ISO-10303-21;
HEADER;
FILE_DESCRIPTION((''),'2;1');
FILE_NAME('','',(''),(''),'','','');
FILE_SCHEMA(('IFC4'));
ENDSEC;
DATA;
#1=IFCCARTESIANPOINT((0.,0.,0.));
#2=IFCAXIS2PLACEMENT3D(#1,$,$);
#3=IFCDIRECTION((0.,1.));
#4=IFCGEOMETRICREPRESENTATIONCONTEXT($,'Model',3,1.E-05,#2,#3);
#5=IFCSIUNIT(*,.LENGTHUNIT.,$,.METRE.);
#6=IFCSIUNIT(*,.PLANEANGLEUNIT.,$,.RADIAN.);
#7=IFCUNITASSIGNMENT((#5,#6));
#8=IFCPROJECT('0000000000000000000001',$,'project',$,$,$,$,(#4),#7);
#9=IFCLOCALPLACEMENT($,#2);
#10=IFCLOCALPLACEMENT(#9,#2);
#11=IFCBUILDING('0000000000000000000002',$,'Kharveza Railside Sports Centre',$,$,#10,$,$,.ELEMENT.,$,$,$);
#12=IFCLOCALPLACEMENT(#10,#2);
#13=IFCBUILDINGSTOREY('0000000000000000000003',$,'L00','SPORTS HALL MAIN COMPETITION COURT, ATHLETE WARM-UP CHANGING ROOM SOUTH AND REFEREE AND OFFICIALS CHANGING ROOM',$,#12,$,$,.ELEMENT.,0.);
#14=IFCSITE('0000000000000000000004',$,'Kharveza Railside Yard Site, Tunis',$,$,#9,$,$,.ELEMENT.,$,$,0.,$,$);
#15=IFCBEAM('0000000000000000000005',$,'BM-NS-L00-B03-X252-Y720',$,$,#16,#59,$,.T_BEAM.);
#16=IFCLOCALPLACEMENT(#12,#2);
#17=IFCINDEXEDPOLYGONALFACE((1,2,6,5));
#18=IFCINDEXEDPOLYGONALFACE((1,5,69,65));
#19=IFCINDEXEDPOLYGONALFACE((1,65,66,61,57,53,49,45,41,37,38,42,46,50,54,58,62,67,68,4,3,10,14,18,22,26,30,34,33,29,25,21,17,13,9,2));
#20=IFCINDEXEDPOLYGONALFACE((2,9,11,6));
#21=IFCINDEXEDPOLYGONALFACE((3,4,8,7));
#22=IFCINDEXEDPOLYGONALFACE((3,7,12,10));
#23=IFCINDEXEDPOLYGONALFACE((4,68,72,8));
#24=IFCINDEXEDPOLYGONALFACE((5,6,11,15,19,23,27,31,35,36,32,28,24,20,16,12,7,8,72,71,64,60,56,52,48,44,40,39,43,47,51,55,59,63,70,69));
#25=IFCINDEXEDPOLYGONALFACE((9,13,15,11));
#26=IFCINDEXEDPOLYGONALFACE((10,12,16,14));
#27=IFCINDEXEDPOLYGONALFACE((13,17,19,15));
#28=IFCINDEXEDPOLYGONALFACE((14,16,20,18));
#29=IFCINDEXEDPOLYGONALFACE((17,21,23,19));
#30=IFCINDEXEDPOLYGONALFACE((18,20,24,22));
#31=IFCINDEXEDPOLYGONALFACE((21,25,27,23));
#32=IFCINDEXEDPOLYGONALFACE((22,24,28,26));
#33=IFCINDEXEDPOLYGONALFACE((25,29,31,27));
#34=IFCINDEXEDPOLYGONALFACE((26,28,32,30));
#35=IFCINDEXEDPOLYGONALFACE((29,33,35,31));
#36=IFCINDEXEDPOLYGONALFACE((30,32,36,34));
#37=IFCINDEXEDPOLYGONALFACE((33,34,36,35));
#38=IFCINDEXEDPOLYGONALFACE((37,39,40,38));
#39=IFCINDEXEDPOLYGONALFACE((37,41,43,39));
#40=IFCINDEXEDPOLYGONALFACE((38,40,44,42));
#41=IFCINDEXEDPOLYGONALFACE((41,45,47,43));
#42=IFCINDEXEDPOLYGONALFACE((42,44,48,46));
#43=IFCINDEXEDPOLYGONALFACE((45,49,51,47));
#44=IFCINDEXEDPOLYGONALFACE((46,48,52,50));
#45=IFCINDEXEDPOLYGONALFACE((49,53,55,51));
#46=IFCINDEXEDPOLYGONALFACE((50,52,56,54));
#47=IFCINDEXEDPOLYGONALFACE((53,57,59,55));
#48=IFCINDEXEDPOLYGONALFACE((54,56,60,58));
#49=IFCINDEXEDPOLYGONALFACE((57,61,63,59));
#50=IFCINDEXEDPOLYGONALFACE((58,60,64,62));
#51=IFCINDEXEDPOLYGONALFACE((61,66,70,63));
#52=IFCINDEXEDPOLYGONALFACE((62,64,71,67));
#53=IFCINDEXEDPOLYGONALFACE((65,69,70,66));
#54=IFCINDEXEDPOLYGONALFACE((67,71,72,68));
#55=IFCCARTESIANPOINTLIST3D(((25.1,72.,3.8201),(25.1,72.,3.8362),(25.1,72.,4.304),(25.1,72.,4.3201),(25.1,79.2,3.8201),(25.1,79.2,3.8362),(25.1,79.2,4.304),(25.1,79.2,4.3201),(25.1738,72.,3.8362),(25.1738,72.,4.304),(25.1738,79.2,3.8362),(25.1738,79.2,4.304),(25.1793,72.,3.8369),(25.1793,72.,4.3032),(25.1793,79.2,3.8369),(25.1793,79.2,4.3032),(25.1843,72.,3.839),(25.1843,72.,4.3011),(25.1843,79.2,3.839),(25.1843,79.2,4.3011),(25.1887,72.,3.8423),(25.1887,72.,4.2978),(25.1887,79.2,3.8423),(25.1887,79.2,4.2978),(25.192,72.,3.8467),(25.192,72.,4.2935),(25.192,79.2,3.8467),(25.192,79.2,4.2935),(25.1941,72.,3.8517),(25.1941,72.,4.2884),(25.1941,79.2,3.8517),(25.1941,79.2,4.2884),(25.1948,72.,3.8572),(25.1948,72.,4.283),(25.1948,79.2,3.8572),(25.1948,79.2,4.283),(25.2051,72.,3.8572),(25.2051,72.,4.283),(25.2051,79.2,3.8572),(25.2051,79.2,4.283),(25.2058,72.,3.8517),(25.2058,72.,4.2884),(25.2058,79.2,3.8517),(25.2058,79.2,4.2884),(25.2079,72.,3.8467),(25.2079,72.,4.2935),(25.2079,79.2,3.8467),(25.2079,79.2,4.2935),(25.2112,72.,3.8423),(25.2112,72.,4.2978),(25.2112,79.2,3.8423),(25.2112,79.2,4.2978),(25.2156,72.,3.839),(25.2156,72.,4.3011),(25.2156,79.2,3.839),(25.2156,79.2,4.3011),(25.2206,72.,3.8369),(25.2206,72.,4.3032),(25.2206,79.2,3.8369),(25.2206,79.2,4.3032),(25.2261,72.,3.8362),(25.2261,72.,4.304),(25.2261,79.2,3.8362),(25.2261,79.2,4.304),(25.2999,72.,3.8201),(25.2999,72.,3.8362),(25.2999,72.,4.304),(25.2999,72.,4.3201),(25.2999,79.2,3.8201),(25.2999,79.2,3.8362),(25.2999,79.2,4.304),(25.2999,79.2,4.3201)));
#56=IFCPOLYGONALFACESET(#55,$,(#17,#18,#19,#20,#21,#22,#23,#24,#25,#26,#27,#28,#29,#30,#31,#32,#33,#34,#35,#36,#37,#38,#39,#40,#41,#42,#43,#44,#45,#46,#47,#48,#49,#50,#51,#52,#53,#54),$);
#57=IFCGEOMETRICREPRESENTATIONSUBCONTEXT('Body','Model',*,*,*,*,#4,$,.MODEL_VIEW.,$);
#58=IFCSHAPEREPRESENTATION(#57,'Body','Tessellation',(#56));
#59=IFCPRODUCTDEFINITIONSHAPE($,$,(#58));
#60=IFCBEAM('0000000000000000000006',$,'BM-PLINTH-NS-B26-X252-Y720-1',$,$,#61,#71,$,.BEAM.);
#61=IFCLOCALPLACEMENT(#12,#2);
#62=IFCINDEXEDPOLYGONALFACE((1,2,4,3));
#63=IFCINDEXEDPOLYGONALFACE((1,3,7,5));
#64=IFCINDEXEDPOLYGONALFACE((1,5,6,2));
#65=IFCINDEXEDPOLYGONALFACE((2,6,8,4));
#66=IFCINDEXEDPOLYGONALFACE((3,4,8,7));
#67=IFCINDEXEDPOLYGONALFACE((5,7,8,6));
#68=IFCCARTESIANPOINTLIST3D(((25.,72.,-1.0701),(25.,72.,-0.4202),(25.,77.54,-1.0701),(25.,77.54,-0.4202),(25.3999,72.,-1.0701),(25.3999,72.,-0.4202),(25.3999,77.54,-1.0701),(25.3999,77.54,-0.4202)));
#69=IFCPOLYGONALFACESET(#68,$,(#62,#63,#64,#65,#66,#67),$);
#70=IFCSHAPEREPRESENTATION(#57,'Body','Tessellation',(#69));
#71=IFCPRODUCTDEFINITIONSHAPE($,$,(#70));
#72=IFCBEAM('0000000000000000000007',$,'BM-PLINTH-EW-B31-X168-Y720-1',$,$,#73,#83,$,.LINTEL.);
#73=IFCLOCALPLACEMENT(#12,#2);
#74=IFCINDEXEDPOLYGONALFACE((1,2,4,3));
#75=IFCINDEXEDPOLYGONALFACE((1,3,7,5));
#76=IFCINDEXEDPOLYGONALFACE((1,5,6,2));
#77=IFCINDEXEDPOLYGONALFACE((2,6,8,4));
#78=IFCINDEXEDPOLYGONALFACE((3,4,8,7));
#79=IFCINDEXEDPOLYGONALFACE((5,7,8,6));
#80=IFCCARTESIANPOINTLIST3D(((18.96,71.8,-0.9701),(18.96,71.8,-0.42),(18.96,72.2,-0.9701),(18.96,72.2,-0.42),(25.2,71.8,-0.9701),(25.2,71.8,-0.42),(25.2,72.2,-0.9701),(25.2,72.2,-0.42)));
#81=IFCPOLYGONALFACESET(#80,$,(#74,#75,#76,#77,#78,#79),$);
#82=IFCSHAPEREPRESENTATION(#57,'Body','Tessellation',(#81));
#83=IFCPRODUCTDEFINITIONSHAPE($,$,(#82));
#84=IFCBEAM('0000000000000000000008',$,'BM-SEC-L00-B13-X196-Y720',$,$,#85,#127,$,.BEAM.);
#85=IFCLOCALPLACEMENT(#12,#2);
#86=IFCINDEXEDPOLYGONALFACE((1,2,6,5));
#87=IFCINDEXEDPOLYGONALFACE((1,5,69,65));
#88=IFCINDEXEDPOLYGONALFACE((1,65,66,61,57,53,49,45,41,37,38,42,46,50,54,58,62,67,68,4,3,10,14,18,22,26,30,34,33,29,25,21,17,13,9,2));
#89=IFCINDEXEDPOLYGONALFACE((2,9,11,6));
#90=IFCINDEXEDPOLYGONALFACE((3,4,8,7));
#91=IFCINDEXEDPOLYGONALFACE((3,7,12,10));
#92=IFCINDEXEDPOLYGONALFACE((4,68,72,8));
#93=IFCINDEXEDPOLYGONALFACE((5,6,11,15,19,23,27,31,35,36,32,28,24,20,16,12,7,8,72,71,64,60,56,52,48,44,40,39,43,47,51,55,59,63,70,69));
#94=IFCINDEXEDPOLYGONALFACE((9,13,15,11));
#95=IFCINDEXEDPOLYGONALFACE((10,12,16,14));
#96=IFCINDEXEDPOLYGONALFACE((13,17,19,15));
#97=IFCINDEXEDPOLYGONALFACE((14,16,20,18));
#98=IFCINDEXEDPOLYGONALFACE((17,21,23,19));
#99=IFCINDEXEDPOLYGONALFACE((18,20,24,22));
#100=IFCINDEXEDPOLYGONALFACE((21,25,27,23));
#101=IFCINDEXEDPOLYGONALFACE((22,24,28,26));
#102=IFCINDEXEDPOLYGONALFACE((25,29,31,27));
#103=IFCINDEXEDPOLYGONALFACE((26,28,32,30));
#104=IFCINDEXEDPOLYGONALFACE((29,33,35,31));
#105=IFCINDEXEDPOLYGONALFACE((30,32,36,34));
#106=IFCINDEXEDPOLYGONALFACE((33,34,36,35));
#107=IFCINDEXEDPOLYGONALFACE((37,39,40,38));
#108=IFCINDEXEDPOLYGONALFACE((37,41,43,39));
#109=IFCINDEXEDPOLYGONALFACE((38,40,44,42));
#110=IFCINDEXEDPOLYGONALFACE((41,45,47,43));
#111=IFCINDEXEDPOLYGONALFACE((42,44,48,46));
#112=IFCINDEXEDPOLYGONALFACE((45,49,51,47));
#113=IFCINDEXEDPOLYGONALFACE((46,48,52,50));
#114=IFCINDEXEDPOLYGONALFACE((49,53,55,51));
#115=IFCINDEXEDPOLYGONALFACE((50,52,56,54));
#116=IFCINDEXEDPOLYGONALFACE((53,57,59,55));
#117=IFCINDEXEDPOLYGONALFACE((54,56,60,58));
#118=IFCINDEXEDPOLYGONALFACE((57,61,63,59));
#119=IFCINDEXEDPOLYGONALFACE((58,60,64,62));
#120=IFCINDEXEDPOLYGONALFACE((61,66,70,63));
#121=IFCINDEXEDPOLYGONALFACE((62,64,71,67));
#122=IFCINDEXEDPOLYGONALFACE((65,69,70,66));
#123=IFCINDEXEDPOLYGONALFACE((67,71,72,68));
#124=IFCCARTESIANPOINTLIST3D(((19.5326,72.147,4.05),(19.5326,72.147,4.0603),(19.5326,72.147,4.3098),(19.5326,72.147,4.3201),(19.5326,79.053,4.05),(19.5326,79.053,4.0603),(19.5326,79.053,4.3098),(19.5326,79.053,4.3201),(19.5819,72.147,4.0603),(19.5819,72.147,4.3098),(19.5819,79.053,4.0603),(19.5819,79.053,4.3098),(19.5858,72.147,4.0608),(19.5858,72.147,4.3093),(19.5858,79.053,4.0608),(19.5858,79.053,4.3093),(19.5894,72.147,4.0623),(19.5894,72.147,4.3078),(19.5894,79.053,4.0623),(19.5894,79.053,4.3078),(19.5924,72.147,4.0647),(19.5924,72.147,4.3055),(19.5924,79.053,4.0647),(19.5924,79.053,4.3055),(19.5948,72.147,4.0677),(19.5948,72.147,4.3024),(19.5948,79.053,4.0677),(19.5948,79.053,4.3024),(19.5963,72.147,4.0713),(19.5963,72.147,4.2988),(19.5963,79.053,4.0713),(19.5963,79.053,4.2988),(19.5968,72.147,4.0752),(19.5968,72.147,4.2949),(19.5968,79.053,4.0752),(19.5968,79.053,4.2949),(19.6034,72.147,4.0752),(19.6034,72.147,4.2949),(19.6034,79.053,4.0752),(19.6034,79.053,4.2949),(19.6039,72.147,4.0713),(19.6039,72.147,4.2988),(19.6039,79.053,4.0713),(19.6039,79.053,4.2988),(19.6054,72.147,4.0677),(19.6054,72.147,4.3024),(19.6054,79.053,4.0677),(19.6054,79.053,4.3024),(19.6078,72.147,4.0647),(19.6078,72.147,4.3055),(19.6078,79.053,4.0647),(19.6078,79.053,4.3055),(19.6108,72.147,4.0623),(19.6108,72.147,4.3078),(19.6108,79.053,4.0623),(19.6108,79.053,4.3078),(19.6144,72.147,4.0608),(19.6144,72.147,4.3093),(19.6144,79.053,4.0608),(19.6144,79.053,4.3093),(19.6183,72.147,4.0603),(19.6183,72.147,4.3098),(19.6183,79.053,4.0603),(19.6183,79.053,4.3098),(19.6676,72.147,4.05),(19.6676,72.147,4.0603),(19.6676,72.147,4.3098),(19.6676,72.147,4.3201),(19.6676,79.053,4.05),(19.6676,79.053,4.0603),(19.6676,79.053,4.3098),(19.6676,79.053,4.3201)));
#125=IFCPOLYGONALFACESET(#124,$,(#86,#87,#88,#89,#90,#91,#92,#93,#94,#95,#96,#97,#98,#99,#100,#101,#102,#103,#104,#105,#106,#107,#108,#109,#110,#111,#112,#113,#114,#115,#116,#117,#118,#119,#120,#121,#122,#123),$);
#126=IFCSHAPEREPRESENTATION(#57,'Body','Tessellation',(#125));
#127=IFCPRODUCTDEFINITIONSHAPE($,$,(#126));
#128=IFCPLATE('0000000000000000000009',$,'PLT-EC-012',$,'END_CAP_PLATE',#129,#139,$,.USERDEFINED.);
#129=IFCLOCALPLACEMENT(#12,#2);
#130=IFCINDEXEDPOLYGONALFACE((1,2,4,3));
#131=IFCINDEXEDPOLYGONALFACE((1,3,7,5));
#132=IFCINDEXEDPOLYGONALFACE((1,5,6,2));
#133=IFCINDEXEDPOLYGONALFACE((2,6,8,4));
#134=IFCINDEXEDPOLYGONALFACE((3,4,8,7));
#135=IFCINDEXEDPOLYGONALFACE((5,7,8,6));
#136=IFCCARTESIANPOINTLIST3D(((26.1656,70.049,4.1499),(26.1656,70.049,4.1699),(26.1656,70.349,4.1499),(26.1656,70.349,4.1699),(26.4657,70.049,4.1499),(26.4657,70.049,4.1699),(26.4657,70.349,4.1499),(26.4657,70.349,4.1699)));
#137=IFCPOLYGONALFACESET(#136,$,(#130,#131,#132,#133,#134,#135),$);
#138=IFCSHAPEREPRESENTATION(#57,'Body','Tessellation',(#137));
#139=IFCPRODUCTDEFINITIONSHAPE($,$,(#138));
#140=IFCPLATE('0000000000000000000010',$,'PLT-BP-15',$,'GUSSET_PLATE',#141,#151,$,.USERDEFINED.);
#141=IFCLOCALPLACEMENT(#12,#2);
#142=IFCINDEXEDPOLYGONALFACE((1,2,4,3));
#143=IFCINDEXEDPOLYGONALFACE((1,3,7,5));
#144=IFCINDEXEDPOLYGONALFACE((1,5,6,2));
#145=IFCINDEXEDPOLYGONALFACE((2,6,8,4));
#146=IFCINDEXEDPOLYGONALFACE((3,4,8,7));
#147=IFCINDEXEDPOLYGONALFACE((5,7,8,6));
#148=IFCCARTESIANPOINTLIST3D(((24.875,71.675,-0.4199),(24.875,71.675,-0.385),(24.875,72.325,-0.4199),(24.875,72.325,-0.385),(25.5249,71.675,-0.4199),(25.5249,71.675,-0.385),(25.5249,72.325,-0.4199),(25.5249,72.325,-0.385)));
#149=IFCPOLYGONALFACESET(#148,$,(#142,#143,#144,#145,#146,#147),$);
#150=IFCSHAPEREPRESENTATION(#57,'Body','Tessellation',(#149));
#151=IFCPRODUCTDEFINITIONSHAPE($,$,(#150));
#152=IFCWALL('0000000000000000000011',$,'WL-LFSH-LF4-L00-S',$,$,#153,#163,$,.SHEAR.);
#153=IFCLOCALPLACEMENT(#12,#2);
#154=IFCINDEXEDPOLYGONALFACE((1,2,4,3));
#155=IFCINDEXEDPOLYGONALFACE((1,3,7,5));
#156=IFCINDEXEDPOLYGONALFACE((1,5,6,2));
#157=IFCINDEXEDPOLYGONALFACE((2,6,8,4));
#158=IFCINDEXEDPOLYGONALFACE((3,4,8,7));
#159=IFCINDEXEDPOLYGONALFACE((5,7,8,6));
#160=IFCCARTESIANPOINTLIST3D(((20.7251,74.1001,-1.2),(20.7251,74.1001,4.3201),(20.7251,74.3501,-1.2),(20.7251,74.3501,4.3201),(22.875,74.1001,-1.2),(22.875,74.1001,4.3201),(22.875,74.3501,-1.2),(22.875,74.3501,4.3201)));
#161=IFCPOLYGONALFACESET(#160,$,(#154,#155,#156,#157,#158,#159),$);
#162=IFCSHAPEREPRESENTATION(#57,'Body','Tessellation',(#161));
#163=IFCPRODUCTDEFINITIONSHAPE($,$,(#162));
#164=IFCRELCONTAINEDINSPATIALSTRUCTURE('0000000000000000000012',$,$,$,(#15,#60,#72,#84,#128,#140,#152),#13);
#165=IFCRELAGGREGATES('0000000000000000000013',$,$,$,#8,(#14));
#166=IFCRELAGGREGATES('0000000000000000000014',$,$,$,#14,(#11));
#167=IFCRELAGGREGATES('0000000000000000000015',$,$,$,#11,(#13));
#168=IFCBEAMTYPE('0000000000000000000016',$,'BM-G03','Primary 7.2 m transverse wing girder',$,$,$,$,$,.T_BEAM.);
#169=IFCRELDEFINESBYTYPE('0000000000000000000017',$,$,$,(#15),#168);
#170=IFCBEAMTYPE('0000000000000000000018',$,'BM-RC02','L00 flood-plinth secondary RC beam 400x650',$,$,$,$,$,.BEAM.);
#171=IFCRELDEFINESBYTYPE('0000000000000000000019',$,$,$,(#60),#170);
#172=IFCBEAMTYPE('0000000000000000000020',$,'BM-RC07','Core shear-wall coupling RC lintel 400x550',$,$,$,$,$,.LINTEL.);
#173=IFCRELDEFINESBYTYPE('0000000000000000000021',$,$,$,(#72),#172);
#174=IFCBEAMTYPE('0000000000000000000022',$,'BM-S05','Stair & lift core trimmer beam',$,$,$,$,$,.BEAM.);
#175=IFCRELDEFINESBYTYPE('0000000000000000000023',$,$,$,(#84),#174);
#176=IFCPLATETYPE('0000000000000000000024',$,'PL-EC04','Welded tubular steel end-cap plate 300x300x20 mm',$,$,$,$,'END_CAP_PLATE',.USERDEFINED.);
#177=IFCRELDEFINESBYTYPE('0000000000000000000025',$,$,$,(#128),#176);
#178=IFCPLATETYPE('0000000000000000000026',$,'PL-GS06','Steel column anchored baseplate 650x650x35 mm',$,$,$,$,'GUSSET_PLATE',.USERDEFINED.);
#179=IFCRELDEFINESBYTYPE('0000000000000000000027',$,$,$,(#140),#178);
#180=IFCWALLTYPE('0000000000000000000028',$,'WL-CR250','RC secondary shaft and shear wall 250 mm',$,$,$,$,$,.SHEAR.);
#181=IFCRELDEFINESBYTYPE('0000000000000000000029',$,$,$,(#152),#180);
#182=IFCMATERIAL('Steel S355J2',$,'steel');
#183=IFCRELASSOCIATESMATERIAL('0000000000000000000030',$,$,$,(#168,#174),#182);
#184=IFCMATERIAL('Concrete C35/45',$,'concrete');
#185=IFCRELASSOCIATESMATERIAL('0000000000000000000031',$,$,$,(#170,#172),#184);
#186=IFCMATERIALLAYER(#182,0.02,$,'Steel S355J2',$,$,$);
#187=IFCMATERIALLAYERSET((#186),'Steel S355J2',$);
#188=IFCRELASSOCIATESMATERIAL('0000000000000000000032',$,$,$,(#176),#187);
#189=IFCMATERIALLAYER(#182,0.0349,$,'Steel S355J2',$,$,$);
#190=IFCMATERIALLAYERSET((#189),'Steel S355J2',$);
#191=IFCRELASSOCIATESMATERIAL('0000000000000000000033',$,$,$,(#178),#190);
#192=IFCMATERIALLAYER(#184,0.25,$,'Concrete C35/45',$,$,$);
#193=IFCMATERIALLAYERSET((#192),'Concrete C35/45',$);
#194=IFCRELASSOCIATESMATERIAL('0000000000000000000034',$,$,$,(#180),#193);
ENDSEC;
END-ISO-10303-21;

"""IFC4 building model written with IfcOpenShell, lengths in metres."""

from ifc_helpers import new_model, si_unit, direction, frame, frame_2d, origin, origin_2d, place, context, subcontext, project, spatial, rectangle, i_section, extrude, material, layer, layer_set, material_profile, profile_set, type_object, element, save


model = new_model("IFC4")

# Units and contexts
model_context = context("Model", 3, precision=1e-05, world=origin(), true_north=direction((0.0, 1.0)))
body_context = subcontext(model_context, "Body", "Model", "MODEL_VIEW")
ifc_project = project(units=[si_unit("LENGTHUNIT", "METRE"), si_unit("PLANEANGLEUNIT", "RADIAN")], contexts=[model_context])

# Site, building, storey
site_placement = place(None, origin())
site = spatial("IfcSite", under=ifc_project, at=site_placement, Name="Kharveza Railside Yard Site, Tunis", CompositionType="ELEMENT", RefElevation=0.0)
building_placement = place(site_placement, origin())
building = spatial("IfcBuilding", under=site, at=building_placement, Name="Kharveza Railside Sports Centre", CompositionType="ELEMENT")
storey_placement = place(building_placement, origin())
storey = spatial("IfcBuildingStorey", under=building, at=storey_placement, Name="L00", Description="SPORTS HALL MAIN COMPETITION COURT, ATHLETE WARM-UP CHANGING ROOM SOUTH AND REFEREE AND OFFICIALS CHANGING ROOM", CompositionType="ELEMENT", Elevation=0.0)

# Shared definitions
ifc_material_1 = material(Name="Concrete C35/45", Category="concrete")

# Shared definitions
ifc_material_2 = material(Name="Steel S355J2", Category="steel")

# Beams
ifc_material_profile_1 = material_profile(ifc_material_2, i_section(OverallWidth=0.2, OverallDepth=0.5, WebThickness=0.0103, FlangeThickness=0.0161, FilletRadius=0.021, at=origin_2d()), Name="IPE 500")
ifc_profile_set_1 = profile_set([ifc_material_profile_1], Name="Steel S355J2")
beam_type_1 = type_object("IfcBeamType", Name="BM-G03", Description="Primary 7.2 m transverse wing girder", PredefinedType="T_BEAM", material=ifc_profile_set_1)
beam_1_placement = place(storey_placement, frame((25.2, 72.0, 4.0701), z_axis=(0.0, 1.0, 0.0), x_axis=(-1.0, 0.0, 0.0)))
element("IfcBeam", 1, at=beam_1_placement, inside=storey, type_object=beam_type_1, Name="BM-NS-L00-B03-X252-Y720", PredefinedType="T_BEAM", context=body_context, shape_type="SweptSolid", body=[
    extrude(i_section(OverallWidth=0.2, OverallDepth=0.5, WebThickness=0.0103, FlangeThickness=0.0161, FilletRadius=0.021, at=origin_2d()), origin(), (0.0, 0.0, 1.0), 7.2),
])
ifc_material_profile_2 = material_profile(ifc_material_1, rectangle(XDim=0.3999, YDim=0.6499, at=origin_2d()), Name="RCB 400x650")
ifc_profile_set_2 = profile_set([ifc_material_profile_2], Name="Concrete C35/45")
beam_type_2 = type_object("IfcBeamType", Name="BM-RC02", Description="L00 flood-plinth secondary RC beam 400x650", PredefinedType="BEAM", material=ifc_profile_set_2)
beam_2_placement = place(storey_placement, frame((25.2, 72.0, -0.7451), z_axis=(0.0, 1.0, 0.0), x_axis=(-1.0, 0.0, 0.0)))
element("IfcBeam", 2, at=beam_2_placement, inside=storey, type_object=beam_type_2, Name="BM-PLINTH-NS-B26-X252-Y720-1", PredefinedType="BEAM", context=body_context, shape_type="SweptSolid", body=[
    extrude(rectangle(XDim=0.3999, YDim=0.6499, at=origin_2d()), origin(), (0.0, 0.0, 1.0), 5.54),
])
ifc_material_profile_3 = material_profile(ifc_material_1, rectangle(XDim=0.3999, YDim=0.55, at=origin_2d()), Name="RCB 400x550")
ifc_profile_set_3 = profile_set([ifc_material_profile_3], Name="Concrete C35/45")
beam_type_3 = type_object("IfcBeamType", Name="BM-RC07", Description="Core shear-wall coupling RC lintel 400x550", PredefinedType="LINTEL", material=ifc_profile_set_3)
beam_3_placement = place(storey_placement, frame((18.96, 72.0, -0.6951), z_axis=(1.0, 0.0, 0.0), x_axis=(0.0, 1.0, 0.0)))
element("IfcBeam", 3, at=beam_3_placement, inside=storey, type_object=beam_type_3, Name="BM-PLINTH-EW-B31-X168-Y720-1", PredefinedType="LINTEL", context=body_context, shape_type="SweptSolid", body=[
    extrude(rectangle(XDim=0.3999, YDim=0.55, at=origin_2d()), origin(), (0.0, 0.0, 1.0), 6.24),
])
ifc_material_profile_4 = material_profile(ifc_material_2, i_section(OverallWidth=0.135, OverallDepth=0.27, WebThickness=0.0066, FlangeThickness=0.0103, FilletRadius=0.0149, at=origin_2d()), Name="IPE 270")
ifc_profile_set_4 = profile_set([ifc_material_profile_4], Name="Steel S355J2")
beam_type_4 = type_object("IfcBeamType", Name="BM-S05", Description="Stair & lift core trimmer beam", PredefinedType="BEAM", material=ifc_profile_set_4)
beam_4_placement = place(storey_placement, frame((19.6001, 72.147, 4.1851), z_axis=(0.0, 1.0, 0.0), x_axis=(-1.0, 0.0, 0.0)))
element("IfcBeam", 4, at=beam_4_placement, inside=storey, type_object=beam_type_4, Name="BM-SEC-L00-B13-X196-Y720", PredefinedType="BEAM", context=body_context, shape_type="SweptSolid", body=[
    extrude(i_section(OverallWidth=0.135, OverallDepth=0.27, WebThickness=0.0066, FlangeThickness=0.0103, FilletRadius=0.0149, at=origin_2d()), origin(), (0.0, 0.0, 1.0), 6.906),
])

# Plates
ifc_layer_1 = layer(ifc_material_2, 0.02, Name="Steel S355J2")
ifc_layer_set_1 = layer_set([ifc_layer_1], Name="Steel S355J2")
plate_type_1 = type_object("IfcPlateType", Name="PL-EC04", Description="Welded tubular steel end-cap plate 300x300x20 mm", ElementType="END_CAP_PLATE", PredefinedType="USERDEFINED", material=ifc_layer_set_1)
plate_1_placement = place(storey_placement, frame((26.3157, 70.199, 4.1499), z_axis=(0.0, 0.0, 1.0), x_axis=(1.0, 0.0, 0.0)))
element("IfcPlate", 5, at=plate_1_placement, inside=storey, type_object=plate_type_1, Name="PLT-EC-012", ObjectType="END_CAP_PLATE", PredefinedType="USERDEFINED", context=body_context, shape_type="SweptSolid", body=[
    extrude(rectangle(XDim=0.3, YDim=0.3, at=origin_2d()), origin(), (0.0, 0.0, 1.0), 0.02),
])
ifc_layer_2 = layer(ifc_material_2, 0.0349, Name="Steel S355J2")
ifc_layer_set_2 = layer_set([ifc_layer_2], Name="Steel S355J2")
plate_type_2 = type_object("IfcPlateType", Name="PL-GS06", Description="Steel column anchored baseplate 650x650x35 mm", ElementType="GUSSET_PLATE", PredefinedType="USERDEFINED", material=ifc_layer_set_2)
plate_2_placement = place(storey_placement, frame((25.2, 72.0, -0.4199), z_axis=(0.0, 0.0, 1.0), x_axis=(1.0, 0.0, 0.0)))
element("IfcPlate", 6, at=plate_2_placement, inside=storey, type_object=plate_type_2, Name="PLT-BP-15", ObjectType="GUSSET_PLATE", PredefinedType="USERDEFINED", context=body_context, shape_type="SweptSolid", body=[
    extrude(rectangle(XDim=0.6499, YDim=0.6499, at=origin_2d()), origin(), (0.0, 0.0, 1.0), 0.0349),
])

# Wall
ifc_layer_3 = layer(ifc_material_1, 0.25, Name="Concrete C35/45")
ifc_layer_set_3 = layer_set([ifc_layer_3], Name="Concrete C35/45")
wall_type_1 = type_object("IfcWallType", Name="WL-CR250", Description="RC secondary shaft and shear wall 250 mm", PredefinedType="SHEAR", material=ifc_layer_set_3)
wall_1_placement = place(storey_placement, frame((20.7251, 74.2251, -1.2), z_axis=(0.0, 0.0, 1.0), x_axis=(1.0, 0.0, 0.0)))
element("IfcWall", 7, at=wall_1_placement, inside=storey, type_object=wall_type_1, Name="WL-LFSH-LF4-L00-S", PredefinedType="SHEAR", context=body_context, shape_type="SweptSolid", body=[
    extrude(rectangle(XDim=2.1499, YDim=0.25, at=frame_2d((1.075, 0.0))), origin(), (0.0, 0.0, 1.0), 5.52),
])

save(model, "model.ifc")
